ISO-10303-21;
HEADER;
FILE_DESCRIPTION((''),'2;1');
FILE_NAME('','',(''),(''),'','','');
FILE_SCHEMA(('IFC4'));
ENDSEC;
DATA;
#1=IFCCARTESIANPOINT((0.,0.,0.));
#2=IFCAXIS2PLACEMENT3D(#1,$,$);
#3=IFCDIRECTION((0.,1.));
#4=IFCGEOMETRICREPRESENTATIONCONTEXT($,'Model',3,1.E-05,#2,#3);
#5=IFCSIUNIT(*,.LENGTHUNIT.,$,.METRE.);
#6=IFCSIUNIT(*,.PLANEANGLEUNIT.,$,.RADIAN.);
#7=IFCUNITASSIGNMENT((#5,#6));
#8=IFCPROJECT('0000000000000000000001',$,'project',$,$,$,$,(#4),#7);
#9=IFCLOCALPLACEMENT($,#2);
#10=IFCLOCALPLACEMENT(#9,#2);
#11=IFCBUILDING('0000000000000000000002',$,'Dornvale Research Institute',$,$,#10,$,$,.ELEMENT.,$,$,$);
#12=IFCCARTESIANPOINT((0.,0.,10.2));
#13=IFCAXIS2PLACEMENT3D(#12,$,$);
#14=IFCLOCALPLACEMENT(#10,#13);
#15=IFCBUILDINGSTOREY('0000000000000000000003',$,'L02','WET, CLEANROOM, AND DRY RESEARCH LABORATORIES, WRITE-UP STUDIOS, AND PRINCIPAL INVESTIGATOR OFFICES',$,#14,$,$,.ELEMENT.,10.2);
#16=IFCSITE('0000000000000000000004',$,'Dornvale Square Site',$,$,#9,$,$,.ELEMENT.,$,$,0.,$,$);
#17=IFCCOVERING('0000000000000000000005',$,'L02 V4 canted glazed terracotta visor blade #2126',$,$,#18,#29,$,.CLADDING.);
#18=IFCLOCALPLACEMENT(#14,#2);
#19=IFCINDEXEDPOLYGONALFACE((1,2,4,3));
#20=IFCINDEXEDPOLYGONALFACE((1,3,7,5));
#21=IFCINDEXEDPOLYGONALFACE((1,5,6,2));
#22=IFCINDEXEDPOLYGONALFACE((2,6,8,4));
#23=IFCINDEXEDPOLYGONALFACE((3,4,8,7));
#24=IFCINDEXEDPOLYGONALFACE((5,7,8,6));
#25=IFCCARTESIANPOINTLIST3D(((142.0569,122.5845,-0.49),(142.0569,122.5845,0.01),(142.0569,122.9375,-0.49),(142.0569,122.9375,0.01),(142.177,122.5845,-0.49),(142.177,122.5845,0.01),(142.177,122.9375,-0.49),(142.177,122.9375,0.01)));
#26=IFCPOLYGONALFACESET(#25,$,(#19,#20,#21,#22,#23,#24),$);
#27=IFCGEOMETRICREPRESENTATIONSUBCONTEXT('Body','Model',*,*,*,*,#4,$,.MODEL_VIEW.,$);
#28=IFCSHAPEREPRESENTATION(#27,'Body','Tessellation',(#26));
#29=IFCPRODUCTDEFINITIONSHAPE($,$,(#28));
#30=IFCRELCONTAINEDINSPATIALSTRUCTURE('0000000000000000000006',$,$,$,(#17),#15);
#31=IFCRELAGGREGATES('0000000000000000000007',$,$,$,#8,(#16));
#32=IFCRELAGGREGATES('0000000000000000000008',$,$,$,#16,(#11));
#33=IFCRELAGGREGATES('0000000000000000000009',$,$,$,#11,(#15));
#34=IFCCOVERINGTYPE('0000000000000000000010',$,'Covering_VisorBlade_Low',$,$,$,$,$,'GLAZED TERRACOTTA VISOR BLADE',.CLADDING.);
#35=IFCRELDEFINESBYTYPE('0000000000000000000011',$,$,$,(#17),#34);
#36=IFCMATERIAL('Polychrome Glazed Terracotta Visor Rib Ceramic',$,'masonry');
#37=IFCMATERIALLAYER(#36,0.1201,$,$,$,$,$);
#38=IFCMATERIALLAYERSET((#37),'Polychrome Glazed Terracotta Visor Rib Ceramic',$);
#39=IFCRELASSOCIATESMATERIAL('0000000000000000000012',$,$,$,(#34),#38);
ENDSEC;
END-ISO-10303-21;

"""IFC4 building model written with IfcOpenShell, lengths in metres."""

from ifc_helpers import new_model, si_unit, direction, frame, origin, origin_2d, place, context, subcontext, project, spatial, rectangle, extrude, material, layer, layer_set, type_object, element, save


model = new_model("IFC4")

# Units and contexts
model_context = context("Model", 3, precision=1e-05, world=origin(), true_north=direction((0.0, 1.0)))
body_context = subcontext(model_context, "Body", "Model", "MODEL_VIEW")
ifc_project = project(units=[si_unit("LENGTHUNIT", "METRE"), si_unit("PLANEANGLEUNIT", "RADIAN")], contexts=[model_context])

# Site, building, storey
site_placement = place(None, origin())
site = spatial("IfcSite", under=ifc_project, at=site_placement, Name="Dornvale Square Site", CompositionType="ELEMENT", RefElevation=0.0)
building_placement = place(site_placement, origin())
building = spatial("IfcBuilding", under=site, at=building_placement, Name="Dornvale Research Institute", CompositionType="ELEMENT")
storey_placement = place(building_placement, frame((0.0, 0.0, 10.2)))
storey = spatial("IfcBuildingStorey", under=building, at=storey_placement, Name="L02", Description="WET, CLEANROOM, AND DRY RESEARCH LABORATORIES, WRITE-UP STUDIOS, AND PRINCIPAL INVESTIGATOR OFFICES", CompositionType="ELEMENT", Elevation=10.2)

# Covering
ifc_material_1 = material(Name="Polychrome Glazed Terracotta Visor Rib Ceramic", Category="masonry")
ifc_layer_1 = layer(ifc_material_1, 0.1201)
ifc_layer_set_1 = layer_set([ifc_layer_1], Name="Polychrome Glazed Terracotta Visor Rib Ceramic")
covering_type = type_object("IfcCoveringType", Name="Covering_VisorBlade_Low", ElementType="GLAZED TERRACOTTA VISOR BLADE", PredefinedType="CLADDING", material=ifc_layer_set_1)
covering_1_placement = place(storey_placement, frame((142.1169, 122.761, -0.49), z_axis=(0.0, 0.0, 1.0), x_axis=(0.0, 1.0, 0.0)))
element("IfcCovering", 1, at=covering_1_placement, inside=storey, type_object=covering_type, Name="L02 V4 canted glazed terracotta visor blade #2126", PredefinedType="CLADDING", context=body_context, shape_type="SweptSolid", body=[
    extrude(rectangle(XDim=0.353, YDim=0.1201, at=origin_2d()), origin(), (0.0, 0.0, 1.0), 0.5),
])

save(model, "model.ifc")
